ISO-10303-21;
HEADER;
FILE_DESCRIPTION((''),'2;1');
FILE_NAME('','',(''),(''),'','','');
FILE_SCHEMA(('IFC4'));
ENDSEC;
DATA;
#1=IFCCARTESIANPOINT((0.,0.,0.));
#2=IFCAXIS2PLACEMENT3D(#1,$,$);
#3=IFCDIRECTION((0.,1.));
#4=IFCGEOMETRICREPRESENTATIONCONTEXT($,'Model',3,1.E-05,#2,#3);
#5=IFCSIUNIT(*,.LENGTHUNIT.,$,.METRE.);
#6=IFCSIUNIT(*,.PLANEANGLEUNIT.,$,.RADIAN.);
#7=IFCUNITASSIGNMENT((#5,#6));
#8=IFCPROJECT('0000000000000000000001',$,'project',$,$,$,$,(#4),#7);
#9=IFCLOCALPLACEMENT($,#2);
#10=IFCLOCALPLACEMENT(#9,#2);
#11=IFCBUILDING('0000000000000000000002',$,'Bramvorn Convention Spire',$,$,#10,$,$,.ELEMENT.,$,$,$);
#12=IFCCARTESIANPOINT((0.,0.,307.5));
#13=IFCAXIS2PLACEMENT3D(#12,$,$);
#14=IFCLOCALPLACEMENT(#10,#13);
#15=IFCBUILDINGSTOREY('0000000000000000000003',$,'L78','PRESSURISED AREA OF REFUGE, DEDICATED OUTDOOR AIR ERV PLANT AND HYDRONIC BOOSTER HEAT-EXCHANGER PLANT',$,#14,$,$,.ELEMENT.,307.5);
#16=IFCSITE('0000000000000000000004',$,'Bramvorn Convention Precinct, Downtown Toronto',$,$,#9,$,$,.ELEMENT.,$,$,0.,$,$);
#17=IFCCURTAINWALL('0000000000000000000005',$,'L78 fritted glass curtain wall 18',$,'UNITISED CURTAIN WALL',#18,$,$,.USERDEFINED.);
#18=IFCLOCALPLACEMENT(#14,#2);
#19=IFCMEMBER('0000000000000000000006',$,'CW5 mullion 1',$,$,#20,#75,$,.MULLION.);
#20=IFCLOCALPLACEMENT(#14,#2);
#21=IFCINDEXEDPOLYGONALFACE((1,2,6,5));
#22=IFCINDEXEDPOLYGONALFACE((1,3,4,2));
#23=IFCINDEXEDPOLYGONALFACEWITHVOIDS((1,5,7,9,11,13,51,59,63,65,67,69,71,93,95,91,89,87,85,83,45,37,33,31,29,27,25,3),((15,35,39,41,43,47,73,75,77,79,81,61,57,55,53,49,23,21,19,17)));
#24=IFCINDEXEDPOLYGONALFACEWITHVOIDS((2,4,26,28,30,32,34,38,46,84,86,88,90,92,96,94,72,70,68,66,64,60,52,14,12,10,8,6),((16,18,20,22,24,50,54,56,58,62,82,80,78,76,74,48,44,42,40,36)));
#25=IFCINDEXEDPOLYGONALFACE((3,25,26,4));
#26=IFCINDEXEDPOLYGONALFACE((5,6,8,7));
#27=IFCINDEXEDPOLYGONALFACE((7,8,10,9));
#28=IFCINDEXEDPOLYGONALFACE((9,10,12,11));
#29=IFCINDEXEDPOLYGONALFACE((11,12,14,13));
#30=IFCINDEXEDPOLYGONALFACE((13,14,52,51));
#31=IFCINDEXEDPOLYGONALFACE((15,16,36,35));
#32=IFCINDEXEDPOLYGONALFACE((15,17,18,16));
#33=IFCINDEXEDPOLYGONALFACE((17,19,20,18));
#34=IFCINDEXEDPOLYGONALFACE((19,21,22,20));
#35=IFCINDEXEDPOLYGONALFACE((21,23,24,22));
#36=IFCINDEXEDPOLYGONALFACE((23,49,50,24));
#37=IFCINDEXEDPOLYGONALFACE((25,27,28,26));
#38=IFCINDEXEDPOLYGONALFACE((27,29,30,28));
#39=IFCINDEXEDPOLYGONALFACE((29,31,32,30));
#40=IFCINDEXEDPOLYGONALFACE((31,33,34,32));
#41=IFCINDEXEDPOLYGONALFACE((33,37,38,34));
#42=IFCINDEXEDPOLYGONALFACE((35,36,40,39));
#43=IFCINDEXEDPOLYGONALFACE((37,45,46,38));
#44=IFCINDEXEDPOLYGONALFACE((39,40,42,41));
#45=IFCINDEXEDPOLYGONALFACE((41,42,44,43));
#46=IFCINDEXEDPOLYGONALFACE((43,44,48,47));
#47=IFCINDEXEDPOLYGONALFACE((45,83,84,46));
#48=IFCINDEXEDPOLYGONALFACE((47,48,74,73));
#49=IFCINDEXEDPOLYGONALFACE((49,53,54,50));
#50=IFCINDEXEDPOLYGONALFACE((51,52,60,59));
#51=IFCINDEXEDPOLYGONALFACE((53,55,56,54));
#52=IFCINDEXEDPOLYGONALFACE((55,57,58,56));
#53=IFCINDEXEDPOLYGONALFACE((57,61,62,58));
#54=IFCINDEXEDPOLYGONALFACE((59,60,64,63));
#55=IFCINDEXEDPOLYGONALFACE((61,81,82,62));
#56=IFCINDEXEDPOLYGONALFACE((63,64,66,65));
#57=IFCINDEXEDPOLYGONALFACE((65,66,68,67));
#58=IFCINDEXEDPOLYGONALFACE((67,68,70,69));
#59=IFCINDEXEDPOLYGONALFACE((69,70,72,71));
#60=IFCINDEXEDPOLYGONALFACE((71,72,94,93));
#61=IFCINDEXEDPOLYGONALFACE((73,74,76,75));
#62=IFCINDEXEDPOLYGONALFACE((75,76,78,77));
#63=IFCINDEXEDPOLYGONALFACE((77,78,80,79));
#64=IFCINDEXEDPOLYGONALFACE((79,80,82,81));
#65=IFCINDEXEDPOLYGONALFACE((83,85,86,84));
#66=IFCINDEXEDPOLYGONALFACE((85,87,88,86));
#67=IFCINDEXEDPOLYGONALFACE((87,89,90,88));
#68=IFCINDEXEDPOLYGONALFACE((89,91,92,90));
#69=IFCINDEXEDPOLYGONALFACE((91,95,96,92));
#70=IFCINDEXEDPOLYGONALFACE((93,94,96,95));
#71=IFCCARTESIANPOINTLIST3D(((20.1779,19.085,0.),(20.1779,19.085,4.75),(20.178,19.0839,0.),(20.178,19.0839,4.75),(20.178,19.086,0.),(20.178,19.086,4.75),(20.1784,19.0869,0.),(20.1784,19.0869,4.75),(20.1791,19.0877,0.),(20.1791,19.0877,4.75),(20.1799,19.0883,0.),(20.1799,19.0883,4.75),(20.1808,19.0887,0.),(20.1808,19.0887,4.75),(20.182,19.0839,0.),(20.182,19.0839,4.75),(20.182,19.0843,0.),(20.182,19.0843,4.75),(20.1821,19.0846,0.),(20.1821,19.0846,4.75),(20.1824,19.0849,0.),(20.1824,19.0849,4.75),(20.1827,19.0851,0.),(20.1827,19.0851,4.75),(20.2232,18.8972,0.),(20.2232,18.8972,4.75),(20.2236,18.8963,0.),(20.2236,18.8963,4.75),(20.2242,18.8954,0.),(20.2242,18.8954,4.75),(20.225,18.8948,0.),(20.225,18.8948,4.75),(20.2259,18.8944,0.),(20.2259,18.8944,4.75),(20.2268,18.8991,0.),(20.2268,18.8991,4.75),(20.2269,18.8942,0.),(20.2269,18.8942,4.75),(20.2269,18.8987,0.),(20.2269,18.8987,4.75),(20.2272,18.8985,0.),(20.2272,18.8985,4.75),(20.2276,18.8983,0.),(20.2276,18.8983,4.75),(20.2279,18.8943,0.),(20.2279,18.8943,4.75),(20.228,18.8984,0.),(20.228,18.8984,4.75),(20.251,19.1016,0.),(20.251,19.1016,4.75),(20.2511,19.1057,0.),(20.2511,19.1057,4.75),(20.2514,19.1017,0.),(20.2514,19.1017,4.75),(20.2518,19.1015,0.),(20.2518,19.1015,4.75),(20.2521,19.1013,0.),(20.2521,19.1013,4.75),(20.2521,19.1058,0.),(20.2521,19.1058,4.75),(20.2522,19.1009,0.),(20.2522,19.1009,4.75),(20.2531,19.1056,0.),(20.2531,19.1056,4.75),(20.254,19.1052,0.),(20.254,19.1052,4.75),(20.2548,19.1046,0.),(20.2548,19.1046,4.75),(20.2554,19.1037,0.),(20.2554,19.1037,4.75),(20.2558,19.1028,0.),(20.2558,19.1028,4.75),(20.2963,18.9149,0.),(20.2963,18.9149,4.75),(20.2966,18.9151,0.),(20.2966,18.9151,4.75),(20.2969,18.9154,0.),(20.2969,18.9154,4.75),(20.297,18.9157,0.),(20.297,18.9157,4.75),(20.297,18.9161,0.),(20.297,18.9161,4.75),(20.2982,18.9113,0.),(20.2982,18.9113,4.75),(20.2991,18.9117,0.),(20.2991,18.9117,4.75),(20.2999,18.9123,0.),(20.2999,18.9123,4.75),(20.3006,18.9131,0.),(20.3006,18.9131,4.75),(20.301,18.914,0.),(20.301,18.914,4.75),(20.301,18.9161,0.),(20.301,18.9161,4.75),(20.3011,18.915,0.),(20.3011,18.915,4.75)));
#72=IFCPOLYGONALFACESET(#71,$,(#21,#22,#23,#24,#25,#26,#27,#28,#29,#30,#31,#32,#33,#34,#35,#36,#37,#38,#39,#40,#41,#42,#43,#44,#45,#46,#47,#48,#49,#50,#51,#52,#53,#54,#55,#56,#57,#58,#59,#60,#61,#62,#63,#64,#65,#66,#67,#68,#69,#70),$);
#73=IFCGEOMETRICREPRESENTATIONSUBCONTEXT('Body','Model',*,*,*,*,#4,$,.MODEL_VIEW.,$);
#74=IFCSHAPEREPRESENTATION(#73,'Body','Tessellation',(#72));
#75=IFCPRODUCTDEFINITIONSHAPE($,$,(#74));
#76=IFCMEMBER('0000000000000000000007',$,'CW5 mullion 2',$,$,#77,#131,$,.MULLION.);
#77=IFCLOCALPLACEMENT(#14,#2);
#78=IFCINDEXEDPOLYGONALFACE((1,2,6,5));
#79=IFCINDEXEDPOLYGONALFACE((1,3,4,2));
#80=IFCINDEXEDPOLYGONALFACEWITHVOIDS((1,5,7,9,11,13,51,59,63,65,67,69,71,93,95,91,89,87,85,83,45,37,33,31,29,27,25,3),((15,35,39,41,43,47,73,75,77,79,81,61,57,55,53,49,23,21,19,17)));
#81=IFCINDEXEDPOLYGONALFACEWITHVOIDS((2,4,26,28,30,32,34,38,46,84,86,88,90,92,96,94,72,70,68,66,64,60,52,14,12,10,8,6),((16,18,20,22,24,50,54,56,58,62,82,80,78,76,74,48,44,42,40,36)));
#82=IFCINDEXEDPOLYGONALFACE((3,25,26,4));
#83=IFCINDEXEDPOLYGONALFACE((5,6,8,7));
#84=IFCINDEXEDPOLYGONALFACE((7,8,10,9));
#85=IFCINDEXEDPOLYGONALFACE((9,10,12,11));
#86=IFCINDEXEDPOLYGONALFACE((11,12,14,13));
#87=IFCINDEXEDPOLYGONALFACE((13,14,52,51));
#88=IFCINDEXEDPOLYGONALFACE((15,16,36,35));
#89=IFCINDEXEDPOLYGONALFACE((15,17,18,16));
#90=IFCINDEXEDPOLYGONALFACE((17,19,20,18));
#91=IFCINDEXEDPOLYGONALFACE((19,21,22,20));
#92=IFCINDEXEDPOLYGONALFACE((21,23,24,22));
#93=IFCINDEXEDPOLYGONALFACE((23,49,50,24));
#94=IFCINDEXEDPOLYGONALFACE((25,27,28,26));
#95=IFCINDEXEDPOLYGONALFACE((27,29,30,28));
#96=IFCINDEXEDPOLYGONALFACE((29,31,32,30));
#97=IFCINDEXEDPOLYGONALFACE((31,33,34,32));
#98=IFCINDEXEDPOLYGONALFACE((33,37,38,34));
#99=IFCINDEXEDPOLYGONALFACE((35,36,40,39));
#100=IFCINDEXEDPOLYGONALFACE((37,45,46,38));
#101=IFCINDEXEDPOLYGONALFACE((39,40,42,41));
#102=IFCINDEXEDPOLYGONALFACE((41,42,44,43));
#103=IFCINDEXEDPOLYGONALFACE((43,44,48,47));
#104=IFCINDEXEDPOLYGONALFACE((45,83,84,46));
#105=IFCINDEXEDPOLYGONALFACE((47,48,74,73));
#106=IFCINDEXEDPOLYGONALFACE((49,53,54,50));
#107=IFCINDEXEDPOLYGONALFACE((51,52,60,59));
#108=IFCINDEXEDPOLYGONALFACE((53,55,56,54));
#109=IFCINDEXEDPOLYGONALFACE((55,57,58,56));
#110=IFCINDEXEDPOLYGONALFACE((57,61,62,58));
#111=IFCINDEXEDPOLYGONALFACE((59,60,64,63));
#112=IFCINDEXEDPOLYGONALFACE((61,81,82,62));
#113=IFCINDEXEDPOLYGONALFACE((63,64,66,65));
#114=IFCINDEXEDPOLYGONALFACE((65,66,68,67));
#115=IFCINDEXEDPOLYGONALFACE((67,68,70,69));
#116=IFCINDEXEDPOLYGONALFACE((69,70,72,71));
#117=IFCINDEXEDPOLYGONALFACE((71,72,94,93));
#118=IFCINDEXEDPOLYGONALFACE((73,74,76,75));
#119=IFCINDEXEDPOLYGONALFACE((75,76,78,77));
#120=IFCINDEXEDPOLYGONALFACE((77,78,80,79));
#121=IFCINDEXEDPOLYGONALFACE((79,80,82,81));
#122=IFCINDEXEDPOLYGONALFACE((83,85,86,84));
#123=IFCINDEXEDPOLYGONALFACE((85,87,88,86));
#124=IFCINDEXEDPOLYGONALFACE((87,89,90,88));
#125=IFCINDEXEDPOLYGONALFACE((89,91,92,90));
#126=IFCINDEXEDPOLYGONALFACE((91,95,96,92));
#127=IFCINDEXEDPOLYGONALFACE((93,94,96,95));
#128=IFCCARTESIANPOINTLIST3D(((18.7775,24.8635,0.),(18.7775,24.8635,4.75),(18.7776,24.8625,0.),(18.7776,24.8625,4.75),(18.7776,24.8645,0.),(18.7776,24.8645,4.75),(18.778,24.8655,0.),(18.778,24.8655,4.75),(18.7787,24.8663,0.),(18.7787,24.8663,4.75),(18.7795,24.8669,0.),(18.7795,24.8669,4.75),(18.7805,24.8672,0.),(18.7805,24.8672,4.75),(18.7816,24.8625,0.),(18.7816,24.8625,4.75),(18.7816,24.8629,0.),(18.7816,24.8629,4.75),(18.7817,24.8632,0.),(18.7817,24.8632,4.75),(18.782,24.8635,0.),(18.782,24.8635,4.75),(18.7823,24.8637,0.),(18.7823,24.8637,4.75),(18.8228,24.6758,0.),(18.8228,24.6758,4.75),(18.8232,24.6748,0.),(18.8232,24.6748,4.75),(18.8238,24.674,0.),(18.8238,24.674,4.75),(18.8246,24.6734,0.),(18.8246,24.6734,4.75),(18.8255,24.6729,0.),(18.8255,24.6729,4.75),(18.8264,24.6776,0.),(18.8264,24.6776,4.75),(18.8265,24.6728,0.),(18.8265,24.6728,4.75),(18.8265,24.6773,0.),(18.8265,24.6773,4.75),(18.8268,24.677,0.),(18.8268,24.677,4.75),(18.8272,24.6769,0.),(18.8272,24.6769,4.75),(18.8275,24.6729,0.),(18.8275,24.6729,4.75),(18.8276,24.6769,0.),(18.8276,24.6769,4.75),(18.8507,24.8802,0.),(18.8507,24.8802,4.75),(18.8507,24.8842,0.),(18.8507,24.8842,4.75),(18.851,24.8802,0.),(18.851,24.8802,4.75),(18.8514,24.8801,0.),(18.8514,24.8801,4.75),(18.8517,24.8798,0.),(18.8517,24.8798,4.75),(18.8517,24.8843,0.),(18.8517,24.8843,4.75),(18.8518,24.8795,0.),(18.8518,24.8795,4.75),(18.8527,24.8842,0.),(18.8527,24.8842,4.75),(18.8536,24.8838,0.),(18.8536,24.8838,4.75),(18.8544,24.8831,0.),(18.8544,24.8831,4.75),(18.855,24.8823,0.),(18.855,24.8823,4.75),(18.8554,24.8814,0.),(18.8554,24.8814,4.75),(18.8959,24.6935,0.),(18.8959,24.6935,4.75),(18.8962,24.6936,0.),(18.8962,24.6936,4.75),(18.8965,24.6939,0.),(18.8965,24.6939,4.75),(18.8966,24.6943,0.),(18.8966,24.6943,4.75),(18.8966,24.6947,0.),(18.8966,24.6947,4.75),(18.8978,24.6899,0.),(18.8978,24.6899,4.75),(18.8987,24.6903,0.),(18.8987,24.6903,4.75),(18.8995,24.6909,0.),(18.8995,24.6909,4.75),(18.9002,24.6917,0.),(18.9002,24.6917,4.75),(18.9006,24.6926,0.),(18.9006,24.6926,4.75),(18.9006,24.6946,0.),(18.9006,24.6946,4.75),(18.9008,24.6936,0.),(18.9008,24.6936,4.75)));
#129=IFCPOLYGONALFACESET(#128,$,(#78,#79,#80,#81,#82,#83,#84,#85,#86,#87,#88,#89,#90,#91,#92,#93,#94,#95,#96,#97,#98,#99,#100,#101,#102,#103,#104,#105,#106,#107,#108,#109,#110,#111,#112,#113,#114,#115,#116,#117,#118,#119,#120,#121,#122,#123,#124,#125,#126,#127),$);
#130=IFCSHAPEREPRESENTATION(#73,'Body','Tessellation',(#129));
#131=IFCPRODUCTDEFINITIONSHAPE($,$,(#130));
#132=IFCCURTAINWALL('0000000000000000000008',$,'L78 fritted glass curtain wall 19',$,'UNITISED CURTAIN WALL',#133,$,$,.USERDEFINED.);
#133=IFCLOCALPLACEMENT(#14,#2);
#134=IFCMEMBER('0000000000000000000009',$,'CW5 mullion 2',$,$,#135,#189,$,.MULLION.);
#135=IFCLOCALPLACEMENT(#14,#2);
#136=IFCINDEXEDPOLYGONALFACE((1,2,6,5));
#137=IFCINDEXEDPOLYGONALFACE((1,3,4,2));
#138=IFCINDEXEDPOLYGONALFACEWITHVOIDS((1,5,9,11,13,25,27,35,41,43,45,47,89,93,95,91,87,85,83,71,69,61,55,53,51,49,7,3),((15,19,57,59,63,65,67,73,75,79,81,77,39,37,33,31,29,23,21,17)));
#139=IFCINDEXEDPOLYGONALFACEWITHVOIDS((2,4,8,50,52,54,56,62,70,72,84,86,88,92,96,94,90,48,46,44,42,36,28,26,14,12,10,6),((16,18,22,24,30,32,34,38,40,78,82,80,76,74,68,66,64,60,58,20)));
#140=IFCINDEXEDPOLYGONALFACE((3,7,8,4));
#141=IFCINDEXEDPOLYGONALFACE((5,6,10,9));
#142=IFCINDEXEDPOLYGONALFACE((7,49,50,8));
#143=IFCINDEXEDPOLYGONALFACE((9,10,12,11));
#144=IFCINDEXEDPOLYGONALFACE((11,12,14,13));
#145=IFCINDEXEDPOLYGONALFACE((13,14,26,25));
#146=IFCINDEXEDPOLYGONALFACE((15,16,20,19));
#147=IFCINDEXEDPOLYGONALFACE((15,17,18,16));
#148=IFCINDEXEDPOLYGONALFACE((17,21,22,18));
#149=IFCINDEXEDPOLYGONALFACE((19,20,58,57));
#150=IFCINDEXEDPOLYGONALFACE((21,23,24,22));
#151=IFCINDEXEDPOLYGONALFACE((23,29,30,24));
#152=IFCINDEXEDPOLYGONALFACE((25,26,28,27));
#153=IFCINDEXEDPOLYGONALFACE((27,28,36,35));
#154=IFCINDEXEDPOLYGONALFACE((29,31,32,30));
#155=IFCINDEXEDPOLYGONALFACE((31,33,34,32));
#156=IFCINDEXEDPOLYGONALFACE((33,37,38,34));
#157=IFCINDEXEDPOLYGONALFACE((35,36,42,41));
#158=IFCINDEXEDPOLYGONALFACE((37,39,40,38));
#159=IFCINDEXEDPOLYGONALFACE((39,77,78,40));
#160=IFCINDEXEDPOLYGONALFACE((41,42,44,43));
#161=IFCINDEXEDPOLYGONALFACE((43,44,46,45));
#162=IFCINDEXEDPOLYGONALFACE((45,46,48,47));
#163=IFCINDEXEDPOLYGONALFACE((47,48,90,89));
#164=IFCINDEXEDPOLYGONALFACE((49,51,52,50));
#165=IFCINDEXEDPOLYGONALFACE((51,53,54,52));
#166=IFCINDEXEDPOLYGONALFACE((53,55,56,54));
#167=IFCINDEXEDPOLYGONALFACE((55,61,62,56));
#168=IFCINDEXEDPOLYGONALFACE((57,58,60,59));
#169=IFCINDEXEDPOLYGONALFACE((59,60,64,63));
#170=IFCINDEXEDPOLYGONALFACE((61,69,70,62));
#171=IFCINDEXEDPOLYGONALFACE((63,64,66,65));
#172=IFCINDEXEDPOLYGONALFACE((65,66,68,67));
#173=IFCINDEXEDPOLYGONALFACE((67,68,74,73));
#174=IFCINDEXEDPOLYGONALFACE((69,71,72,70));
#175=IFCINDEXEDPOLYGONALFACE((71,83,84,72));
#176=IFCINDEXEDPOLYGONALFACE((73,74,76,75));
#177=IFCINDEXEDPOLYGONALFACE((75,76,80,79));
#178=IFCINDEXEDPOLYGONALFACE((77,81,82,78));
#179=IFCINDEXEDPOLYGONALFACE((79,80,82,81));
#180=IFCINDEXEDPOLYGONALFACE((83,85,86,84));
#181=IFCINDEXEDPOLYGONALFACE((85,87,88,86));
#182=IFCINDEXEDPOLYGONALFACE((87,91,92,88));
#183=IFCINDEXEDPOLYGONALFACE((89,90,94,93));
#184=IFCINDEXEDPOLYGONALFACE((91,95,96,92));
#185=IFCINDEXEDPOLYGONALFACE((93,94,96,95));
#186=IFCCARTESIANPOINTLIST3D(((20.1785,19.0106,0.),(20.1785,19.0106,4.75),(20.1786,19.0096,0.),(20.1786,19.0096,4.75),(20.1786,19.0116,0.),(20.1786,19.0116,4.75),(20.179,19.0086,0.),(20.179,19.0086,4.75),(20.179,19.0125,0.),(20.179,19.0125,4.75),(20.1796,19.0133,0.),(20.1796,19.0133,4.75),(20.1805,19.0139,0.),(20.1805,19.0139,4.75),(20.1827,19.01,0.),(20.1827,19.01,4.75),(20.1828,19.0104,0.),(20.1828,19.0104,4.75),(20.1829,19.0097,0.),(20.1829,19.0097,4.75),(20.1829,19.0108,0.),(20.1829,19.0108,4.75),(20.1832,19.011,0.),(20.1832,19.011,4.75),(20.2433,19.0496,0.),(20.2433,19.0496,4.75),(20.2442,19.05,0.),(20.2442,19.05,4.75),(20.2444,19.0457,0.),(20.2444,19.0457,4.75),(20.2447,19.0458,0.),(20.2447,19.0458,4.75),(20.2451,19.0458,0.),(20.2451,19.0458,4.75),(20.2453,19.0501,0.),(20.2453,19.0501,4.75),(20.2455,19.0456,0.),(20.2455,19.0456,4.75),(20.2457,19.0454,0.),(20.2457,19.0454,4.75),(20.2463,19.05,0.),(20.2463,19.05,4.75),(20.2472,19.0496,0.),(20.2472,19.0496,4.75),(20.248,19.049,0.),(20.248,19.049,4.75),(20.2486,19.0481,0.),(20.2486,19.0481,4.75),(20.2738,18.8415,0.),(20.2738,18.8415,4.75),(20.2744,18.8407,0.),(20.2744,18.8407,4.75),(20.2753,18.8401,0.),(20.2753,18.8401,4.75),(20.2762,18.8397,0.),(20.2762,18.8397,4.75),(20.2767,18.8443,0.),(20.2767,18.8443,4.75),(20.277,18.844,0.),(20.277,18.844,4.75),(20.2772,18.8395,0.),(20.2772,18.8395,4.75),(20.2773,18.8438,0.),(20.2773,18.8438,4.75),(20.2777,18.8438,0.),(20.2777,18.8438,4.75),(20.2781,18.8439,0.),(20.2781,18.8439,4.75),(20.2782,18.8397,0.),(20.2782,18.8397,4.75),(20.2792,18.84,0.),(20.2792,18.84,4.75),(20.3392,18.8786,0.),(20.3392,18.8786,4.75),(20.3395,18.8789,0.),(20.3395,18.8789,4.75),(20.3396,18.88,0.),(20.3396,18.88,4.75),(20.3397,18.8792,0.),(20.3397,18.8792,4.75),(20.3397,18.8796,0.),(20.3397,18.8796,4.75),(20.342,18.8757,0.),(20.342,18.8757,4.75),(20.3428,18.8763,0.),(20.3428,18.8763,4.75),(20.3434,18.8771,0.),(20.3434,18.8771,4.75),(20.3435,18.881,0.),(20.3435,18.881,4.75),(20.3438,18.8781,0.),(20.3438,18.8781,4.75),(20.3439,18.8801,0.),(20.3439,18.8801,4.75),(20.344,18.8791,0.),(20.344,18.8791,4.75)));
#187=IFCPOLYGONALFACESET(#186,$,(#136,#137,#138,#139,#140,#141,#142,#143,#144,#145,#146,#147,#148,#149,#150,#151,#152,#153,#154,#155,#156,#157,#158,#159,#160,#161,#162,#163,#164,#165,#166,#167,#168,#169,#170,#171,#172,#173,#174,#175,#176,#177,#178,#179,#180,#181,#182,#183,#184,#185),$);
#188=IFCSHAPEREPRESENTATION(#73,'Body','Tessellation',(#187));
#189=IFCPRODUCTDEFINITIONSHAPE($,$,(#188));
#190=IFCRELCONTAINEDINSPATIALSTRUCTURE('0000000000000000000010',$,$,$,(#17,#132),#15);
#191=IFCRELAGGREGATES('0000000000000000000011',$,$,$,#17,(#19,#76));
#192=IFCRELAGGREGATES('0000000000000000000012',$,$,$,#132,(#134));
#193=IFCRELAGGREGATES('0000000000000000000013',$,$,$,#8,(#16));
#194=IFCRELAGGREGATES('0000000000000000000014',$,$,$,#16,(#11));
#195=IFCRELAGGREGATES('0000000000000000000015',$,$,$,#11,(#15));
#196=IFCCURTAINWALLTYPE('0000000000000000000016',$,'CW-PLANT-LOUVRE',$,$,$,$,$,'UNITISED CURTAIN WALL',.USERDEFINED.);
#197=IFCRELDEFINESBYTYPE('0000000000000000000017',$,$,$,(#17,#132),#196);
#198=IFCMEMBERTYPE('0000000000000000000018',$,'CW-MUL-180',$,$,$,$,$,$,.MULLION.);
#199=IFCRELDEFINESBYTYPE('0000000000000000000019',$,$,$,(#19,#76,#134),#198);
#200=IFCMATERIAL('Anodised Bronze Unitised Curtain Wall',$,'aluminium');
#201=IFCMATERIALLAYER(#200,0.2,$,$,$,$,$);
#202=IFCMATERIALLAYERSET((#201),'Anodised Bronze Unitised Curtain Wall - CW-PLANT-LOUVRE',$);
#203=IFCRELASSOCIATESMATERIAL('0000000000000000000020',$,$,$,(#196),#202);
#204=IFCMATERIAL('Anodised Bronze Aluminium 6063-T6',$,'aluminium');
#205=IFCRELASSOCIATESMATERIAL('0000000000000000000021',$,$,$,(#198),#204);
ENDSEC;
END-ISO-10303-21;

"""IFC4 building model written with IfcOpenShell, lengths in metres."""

from ifc_helpers import new_model, si_unit, direction, frame, origin, origin_2d, place, context, subcontext, project, spatial, hollow_rectangle, extrude, material, layer, layer_set, material_profile, profile_set, type_object, element, aggregate, save


model = new_model("IFC4")

# Units and contexts
model_context = context("Model", 3, precision=1e-05, world=origin(), true_north=direction((0.0, 1.0)))
body_context = subcontext(model_context, "Body", "Model", "MODEL_VIEW")
ifc_project = project(units=[si_unit("LENGTHUNIT", "METRE"), si_unit("PLANEANGLEUNIT", "RADIAN")], contexts=[model_context])

# Site, building, storey
site_placement = place(None, origin())
site = spatial("IfcSite", under=ifc_project, at=site_placement, Name="Bramvorn Convention Precinct, Downtown Toronto", CompositionType="ELEMENT", RefElevation=0.0)
building_placement = place(site_placement, origin())
building = spatial("IfcBuilding", under=site, at=building_placement, Name="Bramvorn Convention Spire", CompositionType="ELEMENT")
storey_placement = place(building_placement, frame((0.0, 0.0, 307.5)))
storey = spatial("IfcBuildingStorey", under=building, at=storey_placement, Name="L78", Description="PRESSURISED AREA OF REFUGE, DEDICATED OUTDOOR AIR ERV PLANT AND HYDRONIC BOOSTER HEAT-EXCHANGER PLANT", CompositionType="ELEMENT", Elevation=307.5)

# Curtain wall, members
ifc_material_1 = material(Name="Anodised Bronze Unitised Curtain Wall", Category="aluminium")
ifc_layer_1 = layer(ifc_material_1, 0.2)
ifc_layer_set_1 = layer_set([ifc_layer_1], Name="Anodised Bronze Unitised Curtain Wall - CW-PLANT-LOUVRE")
curtain_wall_type = type_object("IfcCurtainWallType", Name="CW-PLANT-LOUVRE", ElementType="UNITISED CURTAIN WALL", PredefinedType="USERDEFINED", material=ifc_layer_set_1)
curtain_wall_1_placement = place(storey_placement, origin())
curtain_wall_1 = element("IfcCurtainWall", 1, at=curtain_wall_1_placement, inside=storey, type_object=curtain_wall_type, Name="L78 fritted glass curtain wall 18", ObjectType="UNITISED CURTAIN WALL", PredefinedType="USERDEFINED")
ifc_material_2 = material(Name="Anodised Bronze Aluminium 6063-T6", Category="aluminium")
ifc_material_profile_1 = material_profile(ifc_material_2, hollow_rectangle(XDim=0.0801, YDim=0.2, WallThickness=0.0039, InnerFilletRadius=0.001, OuterFilletRadius=0.0039, at=origin_2d()))
ifc_profile_set_1 = profile_set([ifc_material_profile_1], Name="Anodised Bronze Aluminium 6063-T6 - CWM80X200")
member_type_1 = type_object("IfcMemberType", Name="CW-MUL-180", PredefinedType="MULLION", material=ifc_profile_set_1)
member_1_placement = place(storey_placement, frame((20.2395, 19.0, 0.0), z_axis=(0.0, 0.0, 1.0), x_axis=(-0.971873, -0.235505, 0.0)))
member_1 = element("IfcMember", 2, at=member_1_placement, type_object=member_type_1, Name="CW5 mullion 1", PredefinedType="MULLION", context=body_context, shape_type="SweptSolid", body=[
    extrude(hollow_rectangle(XDim=0.0801, YDim=0.2, WallThickness=0.0039, InnerFilletRadius=0.001, OuterFilletRadius=0.0039, at=origin_2d()), origin(), (0.0, 0.0, 1.0), 4.75),
])
member_2_placement = place(storey_placement, frame((18.8391, 24.7786, 0.0), z_axis=(0.0, 0.0, 1.0), x_axis=(-0.971873, -0.235505, 0.0)))
member_2 = element("IfcMember", 3, at=member_2_placement, type_object=member_type_1, Name="CW5 mullion 2", PredefinedType="MULLION", context=body_context, shape_type="SweptSolid", body=[
    extrude(hollow_rectangle(XDim=0.0801, YDim=0.2, WallThickness=0.0039, InnerFilletRadius=0.001, OuterFilletRadius=0.0039, at=origin_2d()), origin(), (0.0, 0.0, 1.0), 4.75),
])

# Curtain wall, member
curtain_wall_2_placement = place(storey_placement, origin())
curtain_wall_2 = element("IfcCurtainWall", 4, at=curtain_wall_2_placement, inside=storey, type_object=curtain_wall_type, Name="L78 fritted glass curtain wall 19", ObjectType="UNITISED CURTAIN WALL", PredefinedType="USERDEFINED")
member_3_placement = place(storey_placement, frame((20.2612, 18.9448, 0.0), z_axis=(0.0, 0.0, 1.0), x_axis=(-0.869676, -0.493623, 0.0)))
member_3 = element("IfcMember", 5, at=member_3_placement, type_object=member_type_1, Name="CW5 mullion 2", PredefinedType="MULLION", context=body_context, shape_type="SweptSolid", body=[
    extrude(hollow_rectangle(XDim=0.0801, YDim=0.2, WallThickness=0.0039, InnerFilletRadius=0.001, OuterFilletRadius=0.0039, at=origin_2d()), origin(), (0.0, 0.0, 1.0), 4.75),
])

aggregate(curtain_wall_1, [member_1, member_2])
aggregate(curtain_wall_2, [member_3])

save(model, "model.ifc")
